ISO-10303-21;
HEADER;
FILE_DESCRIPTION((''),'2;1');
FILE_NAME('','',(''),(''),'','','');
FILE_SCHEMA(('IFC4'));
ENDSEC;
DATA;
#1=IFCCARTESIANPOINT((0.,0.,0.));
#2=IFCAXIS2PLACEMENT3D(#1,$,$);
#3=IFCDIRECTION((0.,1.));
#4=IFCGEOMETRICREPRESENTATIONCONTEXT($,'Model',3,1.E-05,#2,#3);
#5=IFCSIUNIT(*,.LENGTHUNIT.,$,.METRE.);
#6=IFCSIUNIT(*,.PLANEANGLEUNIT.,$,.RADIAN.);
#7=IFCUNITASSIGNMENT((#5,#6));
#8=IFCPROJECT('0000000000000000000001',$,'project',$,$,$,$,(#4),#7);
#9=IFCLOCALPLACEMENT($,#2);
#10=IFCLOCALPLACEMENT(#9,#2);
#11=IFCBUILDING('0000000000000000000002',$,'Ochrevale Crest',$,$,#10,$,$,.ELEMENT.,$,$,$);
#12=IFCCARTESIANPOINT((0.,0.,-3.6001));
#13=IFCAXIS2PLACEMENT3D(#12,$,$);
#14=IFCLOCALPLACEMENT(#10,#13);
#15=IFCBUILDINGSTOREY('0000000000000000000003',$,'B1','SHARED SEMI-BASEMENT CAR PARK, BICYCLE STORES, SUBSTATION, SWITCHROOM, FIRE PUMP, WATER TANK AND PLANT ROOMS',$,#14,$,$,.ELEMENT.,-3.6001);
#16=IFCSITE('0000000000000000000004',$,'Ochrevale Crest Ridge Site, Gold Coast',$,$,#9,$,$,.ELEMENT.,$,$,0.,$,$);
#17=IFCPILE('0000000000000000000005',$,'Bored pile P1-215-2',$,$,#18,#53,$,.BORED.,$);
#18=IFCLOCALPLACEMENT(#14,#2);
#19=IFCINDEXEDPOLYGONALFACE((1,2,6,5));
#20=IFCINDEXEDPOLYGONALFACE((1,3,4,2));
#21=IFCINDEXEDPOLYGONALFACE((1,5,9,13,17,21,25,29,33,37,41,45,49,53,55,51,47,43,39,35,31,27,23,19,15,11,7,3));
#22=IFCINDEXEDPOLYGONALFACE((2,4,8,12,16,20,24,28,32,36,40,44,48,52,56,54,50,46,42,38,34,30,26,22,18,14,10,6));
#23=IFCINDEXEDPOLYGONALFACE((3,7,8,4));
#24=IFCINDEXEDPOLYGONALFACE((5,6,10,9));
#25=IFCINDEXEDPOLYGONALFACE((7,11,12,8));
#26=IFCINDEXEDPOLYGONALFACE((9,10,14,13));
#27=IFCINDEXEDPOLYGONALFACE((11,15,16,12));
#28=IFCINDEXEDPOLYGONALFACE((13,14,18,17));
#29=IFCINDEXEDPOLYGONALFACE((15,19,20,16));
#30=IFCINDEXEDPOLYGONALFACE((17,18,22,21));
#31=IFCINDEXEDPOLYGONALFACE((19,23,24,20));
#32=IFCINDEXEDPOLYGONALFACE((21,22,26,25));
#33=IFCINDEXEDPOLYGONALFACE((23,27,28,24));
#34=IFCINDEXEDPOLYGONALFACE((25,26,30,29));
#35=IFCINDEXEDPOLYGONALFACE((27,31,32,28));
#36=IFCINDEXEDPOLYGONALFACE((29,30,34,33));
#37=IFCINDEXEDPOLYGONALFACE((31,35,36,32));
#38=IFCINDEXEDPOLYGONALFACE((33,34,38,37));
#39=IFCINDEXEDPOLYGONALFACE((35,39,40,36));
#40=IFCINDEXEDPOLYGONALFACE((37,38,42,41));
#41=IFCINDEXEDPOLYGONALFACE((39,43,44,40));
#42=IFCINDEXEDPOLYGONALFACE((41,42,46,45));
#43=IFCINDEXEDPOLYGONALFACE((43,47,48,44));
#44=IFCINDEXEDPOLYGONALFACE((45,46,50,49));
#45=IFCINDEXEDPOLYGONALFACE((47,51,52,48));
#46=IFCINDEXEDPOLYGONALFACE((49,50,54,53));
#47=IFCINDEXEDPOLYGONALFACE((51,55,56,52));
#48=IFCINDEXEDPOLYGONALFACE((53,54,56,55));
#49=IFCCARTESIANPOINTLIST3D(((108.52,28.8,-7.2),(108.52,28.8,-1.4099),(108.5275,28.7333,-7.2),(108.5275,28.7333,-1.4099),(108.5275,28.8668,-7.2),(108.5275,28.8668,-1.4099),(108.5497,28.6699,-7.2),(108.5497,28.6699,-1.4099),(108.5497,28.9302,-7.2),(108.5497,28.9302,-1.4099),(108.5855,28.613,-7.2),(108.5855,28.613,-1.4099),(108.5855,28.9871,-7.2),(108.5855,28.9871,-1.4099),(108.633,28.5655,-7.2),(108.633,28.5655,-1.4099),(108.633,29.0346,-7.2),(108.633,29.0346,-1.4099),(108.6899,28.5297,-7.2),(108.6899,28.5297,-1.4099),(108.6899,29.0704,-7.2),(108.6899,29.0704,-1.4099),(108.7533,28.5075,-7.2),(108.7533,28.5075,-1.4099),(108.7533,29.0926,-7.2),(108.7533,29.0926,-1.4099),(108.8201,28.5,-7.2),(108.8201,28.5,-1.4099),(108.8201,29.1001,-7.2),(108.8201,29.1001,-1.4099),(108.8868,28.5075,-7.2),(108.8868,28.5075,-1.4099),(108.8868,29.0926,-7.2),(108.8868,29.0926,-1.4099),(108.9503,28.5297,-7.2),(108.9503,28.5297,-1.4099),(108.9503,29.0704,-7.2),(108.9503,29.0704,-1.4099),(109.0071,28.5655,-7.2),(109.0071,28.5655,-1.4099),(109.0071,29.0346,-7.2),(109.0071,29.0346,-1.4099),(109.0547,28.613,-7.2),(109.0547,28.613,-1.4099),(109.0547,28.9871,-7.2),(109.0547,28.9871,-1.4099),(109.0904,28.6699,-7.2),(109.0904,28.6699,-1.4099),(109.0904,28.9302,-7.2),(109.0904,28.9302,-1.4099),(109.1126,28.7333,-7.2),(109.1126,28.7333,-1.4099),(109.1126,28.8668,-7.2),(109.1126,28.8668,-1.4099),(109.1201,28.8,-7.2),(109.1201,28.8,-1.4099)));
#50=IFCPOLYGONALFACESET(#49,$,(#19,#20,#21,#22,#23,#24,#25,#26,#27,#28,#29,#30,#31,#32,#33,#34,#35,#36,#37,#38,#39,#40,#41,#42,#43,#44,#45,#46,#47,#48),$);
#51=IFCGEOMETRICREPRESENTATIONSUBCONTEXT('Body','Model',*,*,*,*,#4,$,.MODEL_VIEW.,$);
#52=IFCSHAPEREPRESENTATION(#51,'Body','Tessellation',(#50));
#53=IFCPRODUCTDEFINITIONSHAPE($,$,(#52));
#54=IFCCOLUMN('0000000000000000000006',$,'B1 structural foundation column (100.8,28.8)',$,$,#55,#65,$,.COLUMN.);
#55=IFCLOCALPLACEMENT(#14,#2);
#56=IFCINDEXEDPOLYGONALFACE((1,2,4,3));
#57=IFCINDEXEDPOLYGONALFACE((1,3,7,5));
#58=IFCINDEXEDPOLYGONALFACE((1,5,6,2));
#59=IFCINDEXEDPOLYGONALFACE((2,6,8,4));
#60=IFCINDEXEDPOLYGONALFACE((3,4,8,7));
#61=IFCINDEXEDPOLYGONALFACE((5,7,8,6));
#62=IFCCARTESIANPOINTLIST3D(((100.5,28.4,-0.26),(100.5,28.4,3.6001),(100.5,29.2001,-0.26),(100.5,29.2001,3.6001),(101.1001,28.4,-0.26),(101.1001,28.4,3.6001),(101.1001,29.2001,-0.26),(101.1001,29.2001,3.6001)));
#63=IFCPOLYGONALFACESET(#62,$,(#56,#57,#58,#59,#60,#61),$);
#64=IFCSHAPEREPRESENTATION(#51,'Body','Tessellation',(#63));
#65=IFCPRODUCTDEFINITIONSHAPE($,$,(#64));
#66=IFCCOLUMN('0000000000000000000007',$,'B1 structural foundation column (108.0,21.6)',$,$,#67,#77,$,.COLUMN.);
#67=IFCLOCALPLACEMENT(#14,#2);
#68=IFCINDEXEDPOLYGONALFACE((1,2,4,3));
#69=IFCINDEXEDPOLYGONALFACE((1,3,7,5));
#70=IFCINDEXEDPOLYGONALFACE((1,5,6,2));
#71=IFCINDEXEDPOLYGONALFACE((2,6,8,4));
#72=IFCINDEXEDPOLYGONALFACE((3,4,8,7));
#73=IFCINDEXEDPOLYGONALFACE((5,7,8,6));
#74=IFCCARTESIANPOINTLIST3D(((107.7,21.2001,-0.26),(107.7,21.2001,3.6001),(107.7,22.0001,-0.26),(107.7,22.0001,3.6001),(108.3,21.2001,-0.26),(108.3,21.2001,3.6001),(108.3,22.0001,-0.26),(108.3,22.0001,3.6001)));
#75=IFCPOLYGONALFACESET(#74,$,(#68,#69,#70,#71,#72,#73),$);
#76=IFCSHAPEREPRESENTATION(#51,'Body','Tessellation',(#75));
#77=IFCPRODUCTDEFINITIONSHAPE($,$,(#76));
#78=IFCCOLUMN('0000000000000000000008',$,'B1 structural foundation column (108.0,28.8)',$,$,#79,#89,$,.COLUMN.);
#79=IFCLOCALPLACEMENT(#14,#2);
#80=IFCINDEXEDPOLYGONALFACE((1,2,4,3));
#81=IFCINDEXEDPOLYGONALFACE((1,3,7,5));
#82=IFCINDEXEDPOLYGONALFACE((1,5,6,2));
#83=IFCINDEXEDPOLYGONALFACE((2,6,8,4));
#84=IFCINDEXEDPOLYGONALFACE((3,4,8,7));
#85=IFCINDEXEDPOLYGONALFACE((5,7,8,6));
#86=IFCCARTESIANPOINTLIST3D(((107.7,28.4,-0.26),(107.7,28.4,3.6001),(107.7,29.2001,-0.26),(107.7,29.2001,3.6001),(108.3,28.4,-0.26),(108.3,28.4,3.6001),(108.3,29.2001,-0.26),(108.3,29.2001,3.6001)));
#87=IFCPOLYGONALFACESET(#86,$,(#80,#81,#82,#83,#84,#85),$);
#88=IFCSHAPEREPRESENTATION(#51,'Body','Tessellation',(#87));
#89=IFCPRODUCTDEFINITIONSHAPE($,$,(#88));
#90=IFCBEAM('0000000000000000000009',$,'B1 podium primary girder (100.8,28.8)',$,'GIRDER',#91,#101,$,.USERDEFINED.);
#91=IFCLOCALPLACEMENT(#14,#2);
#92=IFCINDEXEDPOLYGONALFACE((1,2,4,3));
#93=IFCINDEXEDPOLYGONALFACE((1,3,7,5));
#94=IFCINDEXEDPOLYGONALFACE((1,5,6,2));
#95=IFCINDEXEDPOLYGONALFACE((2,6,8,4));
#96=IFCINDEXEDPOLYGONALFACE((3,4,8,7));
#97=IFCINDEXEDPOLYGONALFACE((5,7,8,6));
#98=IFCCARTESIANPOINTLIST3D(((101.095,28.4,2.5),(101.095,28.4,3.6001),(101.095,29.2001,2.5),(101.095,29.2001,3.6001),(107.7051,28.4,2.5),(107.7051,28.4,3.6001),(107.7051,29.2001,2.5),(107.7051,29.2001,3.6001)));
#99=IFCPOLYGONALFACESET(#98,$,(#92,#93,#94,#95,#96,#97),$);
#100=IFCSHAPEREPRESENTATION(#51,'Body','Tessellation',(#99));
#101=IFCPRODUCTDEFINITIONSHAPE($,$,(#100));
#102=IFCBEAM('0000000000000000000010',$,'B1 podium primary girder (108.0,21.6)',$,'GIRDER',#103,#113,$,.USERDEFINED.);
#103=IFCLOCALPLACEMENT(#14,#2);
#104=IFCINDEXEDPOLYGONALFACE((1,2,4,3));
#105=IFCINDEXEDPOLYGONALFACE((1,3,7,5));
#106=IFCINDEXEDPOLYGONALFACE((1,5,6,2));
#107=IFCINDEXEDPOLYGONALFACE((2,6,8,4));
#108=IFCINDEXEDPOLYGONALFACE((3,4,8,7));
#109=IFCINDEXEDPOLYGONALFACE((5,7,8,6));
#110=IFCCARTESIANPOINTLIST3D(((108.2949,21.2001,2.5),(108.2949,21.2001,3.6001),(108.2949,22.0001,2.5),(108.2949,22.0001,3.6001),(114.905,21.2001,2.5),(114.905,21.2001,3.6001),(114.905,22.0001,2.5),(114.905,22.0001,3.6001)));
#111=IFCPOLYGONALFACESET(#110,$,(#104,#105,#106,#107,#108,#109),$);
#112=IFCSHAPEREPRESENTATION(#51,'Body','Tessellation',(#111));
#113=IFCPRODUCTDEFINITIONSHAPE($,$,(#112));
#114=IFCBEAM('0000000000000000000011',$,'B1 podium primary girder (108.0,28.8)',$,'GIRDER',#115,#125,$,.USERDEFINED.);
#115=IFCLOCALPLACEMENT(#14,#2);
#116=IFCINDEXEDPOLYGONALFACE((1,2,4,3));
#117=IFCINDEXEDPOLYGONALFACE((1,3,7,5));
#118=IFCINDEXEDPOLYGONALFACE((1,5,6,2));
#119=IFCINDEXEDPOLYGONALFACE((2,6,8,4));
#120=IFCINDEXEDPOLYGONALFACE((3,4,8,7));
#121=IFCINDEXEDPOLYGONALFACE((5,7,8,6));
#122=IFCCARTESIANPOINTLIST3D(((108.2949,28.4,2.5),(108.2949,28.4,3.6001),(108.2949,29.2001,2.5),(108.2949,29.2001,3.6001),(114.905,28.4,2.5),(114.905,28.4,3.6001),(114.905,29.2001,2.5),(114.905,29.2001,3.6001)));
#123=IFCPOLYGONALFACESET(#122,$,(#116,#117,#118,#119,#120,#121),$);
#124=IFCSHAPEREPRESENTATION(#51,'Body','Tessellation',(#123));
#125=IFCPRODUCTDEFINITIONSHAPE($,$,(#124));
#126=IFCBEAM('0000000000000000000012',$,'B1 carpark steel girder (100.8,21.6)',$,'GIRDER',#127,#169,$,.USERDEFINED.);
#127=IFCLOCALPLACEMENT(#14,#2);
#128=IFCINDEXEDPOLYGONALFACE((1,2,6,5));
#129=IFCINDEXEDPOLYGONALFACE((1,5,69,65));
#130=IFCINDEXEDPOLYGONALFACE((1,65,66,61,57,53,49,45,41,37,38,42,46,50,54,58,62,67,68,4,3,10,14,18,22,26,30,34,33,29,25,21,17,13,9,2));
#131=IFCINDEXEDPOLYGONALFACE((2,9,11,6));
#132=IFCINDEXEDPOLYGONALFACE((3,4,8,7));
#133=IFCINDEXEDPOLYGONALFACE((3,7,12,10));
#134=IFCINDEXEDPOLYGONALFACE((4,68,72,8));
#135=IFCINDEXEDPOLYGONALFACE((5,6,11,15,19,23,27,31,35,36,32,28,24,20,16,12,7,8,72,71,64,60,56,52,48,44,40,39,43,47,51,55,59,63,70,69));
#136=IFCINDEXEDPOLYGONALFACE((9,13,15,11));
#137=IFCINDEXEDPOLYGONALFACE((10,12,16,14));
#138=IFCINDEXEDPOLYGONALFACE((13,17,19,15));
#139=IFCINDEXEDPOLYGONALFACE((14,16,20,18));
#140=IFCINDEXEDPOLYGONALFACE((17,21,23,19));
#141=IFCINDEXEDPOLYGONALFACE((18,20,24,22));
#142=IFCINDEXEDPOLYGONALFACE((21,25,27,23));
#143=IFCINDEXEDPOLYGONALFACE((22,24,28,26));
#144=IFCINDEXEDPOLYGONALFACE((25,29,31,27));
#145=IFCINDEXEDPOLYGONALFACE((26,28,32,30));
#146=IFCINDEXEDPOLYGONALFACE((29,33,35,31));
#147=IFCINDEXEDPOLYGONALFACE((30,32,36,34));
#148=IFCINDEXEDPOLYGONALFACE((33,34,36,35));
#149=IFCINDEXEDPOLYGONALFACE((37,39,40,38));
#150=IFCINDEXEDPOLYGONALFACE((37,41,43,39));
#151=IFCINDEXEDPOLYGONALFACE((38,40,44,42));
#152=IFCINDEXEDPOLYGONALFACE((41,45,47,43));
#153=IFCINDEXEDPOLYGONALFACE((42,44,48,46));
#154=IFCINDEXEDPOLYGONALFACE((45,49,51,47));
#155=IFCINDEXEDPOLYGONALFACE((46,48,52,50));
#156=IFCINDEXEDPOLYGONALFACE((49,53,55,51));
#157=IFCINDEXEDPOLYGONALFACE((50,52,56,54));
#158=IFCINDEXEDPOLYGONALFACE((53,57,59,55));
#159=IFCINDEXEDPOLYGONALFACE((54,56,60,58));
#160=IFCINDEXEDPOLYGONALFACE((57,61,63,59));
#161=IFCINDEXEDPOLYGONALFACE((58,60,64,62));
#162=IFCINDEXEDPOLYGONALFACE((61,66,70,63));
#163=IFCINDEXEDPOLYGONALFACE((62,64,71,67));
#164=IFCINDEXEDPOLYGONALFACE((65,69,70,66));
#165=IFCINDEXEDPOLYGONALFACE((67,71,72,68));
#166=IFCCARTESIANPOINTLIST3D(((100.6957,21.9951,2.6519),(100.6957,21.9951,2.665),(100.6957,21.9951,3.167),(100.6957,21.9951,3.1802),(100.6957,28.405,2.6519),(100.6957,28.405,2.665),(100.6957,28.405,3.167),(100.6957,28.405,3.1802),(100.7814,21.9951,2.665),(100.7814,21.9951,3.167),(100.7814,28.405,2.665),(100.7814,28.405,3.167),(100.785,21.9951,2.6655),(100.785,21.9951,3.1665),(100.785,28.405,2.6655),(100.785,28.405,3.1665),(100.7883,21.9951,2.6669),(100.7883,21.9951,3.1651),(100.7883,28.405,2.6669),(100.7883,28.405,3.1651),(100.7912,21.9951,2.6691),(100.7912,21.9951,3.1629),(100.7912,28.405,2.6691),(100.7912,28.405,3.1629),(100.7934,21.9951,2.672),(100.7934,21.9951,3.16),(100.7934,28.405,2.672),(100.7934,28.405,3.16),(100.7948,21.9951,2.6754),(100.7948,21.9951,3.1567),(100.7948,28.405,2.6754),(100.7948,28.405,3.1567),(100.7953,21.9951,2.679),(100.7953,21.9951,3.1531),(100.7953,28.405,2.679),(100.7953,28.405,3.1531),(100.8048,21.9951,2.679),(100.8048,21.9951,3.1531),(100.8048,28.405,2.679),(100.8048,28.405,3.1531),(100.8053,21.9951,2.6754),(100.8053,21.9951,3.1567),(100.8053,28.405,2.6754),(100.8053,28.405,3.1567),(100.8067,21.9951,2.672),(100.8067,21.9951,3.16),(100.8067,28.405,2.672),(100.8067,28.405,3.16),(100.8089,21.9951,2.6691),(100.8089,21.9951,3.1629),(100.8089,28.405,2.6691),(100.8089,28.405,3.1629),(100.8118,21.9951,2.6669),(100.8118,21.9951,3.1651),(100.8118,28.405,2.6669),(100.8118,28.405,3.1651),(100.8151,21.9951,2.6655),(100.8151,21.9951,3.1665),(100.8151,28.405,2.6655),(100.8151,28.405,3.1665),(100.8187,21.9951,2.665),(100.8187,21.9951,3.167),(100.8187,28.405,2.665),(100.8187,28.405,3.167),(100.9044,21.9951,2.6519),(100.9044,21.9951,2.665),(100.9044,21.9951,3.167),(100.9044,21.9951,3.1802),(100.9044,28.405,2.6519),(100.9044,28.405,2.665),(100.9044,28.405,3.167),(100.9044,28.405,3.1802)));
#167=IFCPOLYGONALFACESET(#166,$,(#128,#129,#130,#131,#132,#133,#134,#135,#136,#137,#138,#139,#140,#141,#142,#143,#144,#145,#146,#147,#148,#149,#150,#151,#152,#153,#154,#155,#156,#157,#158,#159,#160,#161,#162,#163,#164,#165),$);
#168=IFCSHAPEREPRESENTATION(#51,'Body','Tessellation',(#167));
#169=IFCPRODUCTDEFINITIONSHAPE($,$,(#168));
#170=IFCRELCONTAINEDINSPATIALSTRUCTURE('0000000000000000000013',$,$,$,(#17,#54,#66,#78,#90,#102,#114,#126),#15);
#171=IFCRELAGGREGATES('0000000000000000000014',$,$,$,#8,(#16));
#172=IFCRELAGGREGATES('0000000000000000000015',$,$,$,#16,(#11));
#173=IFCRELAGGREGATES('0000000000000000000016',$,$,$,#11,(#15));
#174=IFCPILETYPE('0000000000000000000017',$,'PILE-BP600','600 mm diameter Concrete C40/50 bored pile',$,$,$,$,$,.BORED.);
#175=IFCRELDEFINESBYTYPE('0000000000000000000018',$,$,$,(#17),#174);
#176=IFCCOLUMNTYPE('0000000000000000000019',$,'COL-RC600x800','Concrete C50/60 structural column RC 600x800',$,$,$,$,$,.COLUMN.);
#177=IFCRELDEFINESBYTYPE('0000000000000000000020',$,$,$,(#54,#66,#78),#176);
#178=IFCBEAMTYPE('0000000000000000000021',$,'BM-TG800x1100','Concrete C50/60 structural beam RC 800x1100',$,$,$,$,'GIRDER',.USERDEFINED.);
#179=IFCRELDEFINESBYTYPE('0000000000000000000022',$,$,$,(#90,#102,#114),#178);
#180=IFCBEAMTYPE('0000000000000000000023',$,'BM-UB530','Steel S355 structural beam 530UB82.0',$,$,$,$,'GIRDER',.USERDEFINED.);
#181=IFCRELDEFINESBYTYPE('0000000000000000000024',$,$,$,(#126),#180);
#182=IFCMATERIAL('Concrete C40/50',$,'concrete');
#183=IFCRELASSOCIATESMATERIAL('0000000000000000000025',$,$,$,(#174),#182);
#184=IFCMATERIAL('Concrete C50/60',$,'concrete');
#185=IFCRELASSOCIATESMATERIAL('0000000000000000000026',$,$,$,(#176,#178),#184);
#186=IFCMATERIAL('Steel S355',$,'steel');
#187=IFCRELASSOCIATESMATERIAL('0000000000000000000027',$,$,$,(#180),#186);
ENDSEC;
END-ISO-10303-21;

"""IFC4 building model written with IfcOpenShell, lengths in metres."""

from ifc_helpers import new_model, si_unit, direction, frame, origin, origin_2d, place, context, subcontext, project, spatial, rectangle, circle, i_section, extrude, material, material_profile, profile_set, type_object, element, save


model = new_model("IFC4")

# Units and contexts
model_context = context("Model", 3, precision=1e-05, world=origin(), true_north=direction((0.0, 1.0)))
body_context = subcontext(model_context, "Body", "Model", "MODEL_VIEW")
ifc_project = project(units=[si_unit("LENGTHUNIT", "METRE"), si_unit("PLANEANGLEUNIT", "RADIAN")], contexts=[model_context])

# Site, building, storey
site_placement = place(None, origin())
site = spatial("IfcSite", under=ifc_project, at=site_placement, Name="Ochrevale Crest Ridge Site, Gold Coast", CompositionType="ELEMENT", RefElevation=0.0)
building_placement = place(site_placement, origin())
building = spatial("IfcBuilding", under=site, at=building_placement, Name="Ochrevale Crest", CompositionType="ELEMENT")
storey_placement = place(building_placement, frame((0.0, 0.0, -3.6001)))
storey = spatial("IfcBuildingStorey", under=building, at=storey_placement, Name="B1", Description="SHARED SEMI-BASEMENT CAR PARK, BICYCLE STORES, SUBSTATION, SWITCHROOM, FIRE PUMP, WATER TANK AND PLANT ROOMS", CompositionType="ELEMENT", Elevation=-3.6001)

# Shared definitions
ifc_material_1 = material(Name="Concrete C40/50", Category="concrete")

# Pile
ifc_material_profile_1 = material_profile(ifc_material_1, circle(Radius=0.3, at=origin_2d()), Name="BORED PILE 600")
ifc_profile_set_1 = profile_set([ifc_material_profile_1], Name="Concrete C40/50")
pile_type = type_object("IfcPileType", Name="PILE-BP600", Description="600 mm diameter Concrete C40/50 bored pile", PredefinedType="BORED", material=ifc_profile_set_1)
for number, where, z_axis, x_axis, name in (
    (1, (108.8201, 28.8, -1.4099), (0.0, 0.0, -1.0), (1.0, 0.0, 0.0), "Bored pile P1-215-2"),
):
    element("IfcPile", number, at=place(storey_placement, frame(where, z_axis=z_axis, x_axis=x_axis)), inside=storey, type_object=pile_type, Name=name, PredefinedType="BORED", context=body_context, shape_type="SweptSolid", body=[
        extrude(circle(Radius=0.3, at=origin_2d()), origin(), (0.0, 0.0, 1.0), 5.79),
    ])

# Columns
ifc_material_2 = material(Name="Concrete C50/60", Category="concrete")
ifc_material_profile_2 = material_profile(ifc_material_2, rectangle(XDim=0.6001, YDim=0.8, at=origin_2d()), Name="RC 600x800")
ifc_profile_set_2 = profile_set([ifc_material_profile_2], Name="Concrete C50/60")
column_type = type_object("IfcColumnType", Name="COL-RC600x800", Description="Concrete C50/60 structural column RC 600x800", PredefinedType="COLUMN", material=ifc_profile_set_2)
for number, where, z_axis, x_axis, name in (
    (2, (100.8, 28.8, -0.26), (0.0, 0.0, 1.0), (1.0, 0.0, 0.0), "B1 structural foundation column (100.8,28.8)"),
    (3, (108.0, 21.6001, -0.26), (0.0, 0.0, 1.0), (1.0, 0.0, 0.0), "B1 structural foundation column (108.0,21.6)"),
    (4, (108.0, 28.8, -0.26), (0.0, 0.0, 1.0), (1.0, 0.0, 0.0), "B1 structural foundation column (108.0,28.8)"),
):
    element("IfcColumn", number, at=place(storey_placement, frame(where, z_axis=z_axis, x_axis=x_axis)), inside=storey, type_object=column_type, Name=name, PredefinedType="COLUMN", context=body_context, shape_type="SweptSolid", body=[
        extrude(rectangle(XDim=0.6001, YDim=0.8, at=origin_2d()), origin(), (0.0, 0.0, 1.0), 3.8601),
    ])

# Beams
ifc_material_profile_3 = material_profile(ifc_material_2, rectangle(XDim=0.8, YDim=1.1001, at=origin_2d()), Name="RC 800x1100")
ifc_profile_set_3 = profile_set([ifc_material_profile_3], Name="Concrete C50/60")
beam_type_1 = type_object("IfcBeamType", Name="BM-TG800x1100", Description="Concrete C50/60 structural beam RC 800x1100", ElementType="GIRDER", PredefinedType="USERDEFINED", material=ifc_profile_set_3)
for number, where, z_axis, x_axis, name in (
    (5, (101.095, 28.8, 3.05), (1.0, 0.0, 0.0), (0.0, 1.0, 0.0), "B1 podium primary girder (100.8,28.8)"),
    (6, (108.2949, 21.6001, 3.05), (1.0, 0.0, 0.0), (0.0, 1.0, 0.0), "B1 podium primary girder (108.0,21.6)"),
    (7, (108.2949, 28.8, 3.05), (1.0, 0.0, 0.0), (0.0, 1.0, 0.0), "B1 podium primary girder (108.0,28.8)"),
):
    element("IfcBeam", number, at=place(storey_placement, frame(where, z_axis=z_axis, x_axis=x_axis)), inside=storey, type_object=beam_type_1, Name=name, ObjectType="GIRDER", PredefinedType="USERDEFINED", context=body_context, shape_type="SweptSolid", body=[
        extrude(rectangle(XDim=0.8, YDim=1.1001, at=origin_2d()), origin(), (0.0, 0.0, 1.0), 6.6101),
    ])
ifc_material_3 = material(Name="Steel S355", Category="steel")
ifc_material_profile_4 = material_profile(ifc_material_3, i_section(OverallWidth=0.2087, OverallDepth=0.5283, WebThickness=0.0095, FlangeThickness=0.0132, FilletRadius=0.0139, at=origin_2d()), Name="530UB82.0")
ifc_profile_set_4 = profile_set([ifc_material_profile_4], Name="Steel S355")
beam_type_2 = type_object("IfcBeamType", Name="BM-UB530", Description="Steel S355 structural beam 530UB82.0", ElementType="GIRDER", PredefinedType="USERDEFINED", material=ifc_profile_set_4)
for number, where, z_axis, x_axis, name in (
    (8, (100.8, 21.9951, 2.916), (0.0, 1.0, 0.0), (-1.0, 0.0, 0.0), "B1 carpark steel girder (100.8,21.6)"),
):
    element("IfcBeam", number, at=place(storey_placement, frame(where, z_axis=z_axis, x_axis=x_axis)), inside=storey, type_object=beam_type_2, Name=name, ObjectType="GIRDER", PredefinedType="USERDEFINED", context=body_context, shape_type="SweptSolid", body=[
        extrude(i_section(OverallWidth=0.2087, OverallDepth=0.5283, WebThickness=0.0095, FlangeThickness=0.0132, FilletRadius=0.0139, at=origin_2d()), origin(), (0.0, 0.0, 1.0), 6.4099),
    ])

save(model, "model.ifc")
